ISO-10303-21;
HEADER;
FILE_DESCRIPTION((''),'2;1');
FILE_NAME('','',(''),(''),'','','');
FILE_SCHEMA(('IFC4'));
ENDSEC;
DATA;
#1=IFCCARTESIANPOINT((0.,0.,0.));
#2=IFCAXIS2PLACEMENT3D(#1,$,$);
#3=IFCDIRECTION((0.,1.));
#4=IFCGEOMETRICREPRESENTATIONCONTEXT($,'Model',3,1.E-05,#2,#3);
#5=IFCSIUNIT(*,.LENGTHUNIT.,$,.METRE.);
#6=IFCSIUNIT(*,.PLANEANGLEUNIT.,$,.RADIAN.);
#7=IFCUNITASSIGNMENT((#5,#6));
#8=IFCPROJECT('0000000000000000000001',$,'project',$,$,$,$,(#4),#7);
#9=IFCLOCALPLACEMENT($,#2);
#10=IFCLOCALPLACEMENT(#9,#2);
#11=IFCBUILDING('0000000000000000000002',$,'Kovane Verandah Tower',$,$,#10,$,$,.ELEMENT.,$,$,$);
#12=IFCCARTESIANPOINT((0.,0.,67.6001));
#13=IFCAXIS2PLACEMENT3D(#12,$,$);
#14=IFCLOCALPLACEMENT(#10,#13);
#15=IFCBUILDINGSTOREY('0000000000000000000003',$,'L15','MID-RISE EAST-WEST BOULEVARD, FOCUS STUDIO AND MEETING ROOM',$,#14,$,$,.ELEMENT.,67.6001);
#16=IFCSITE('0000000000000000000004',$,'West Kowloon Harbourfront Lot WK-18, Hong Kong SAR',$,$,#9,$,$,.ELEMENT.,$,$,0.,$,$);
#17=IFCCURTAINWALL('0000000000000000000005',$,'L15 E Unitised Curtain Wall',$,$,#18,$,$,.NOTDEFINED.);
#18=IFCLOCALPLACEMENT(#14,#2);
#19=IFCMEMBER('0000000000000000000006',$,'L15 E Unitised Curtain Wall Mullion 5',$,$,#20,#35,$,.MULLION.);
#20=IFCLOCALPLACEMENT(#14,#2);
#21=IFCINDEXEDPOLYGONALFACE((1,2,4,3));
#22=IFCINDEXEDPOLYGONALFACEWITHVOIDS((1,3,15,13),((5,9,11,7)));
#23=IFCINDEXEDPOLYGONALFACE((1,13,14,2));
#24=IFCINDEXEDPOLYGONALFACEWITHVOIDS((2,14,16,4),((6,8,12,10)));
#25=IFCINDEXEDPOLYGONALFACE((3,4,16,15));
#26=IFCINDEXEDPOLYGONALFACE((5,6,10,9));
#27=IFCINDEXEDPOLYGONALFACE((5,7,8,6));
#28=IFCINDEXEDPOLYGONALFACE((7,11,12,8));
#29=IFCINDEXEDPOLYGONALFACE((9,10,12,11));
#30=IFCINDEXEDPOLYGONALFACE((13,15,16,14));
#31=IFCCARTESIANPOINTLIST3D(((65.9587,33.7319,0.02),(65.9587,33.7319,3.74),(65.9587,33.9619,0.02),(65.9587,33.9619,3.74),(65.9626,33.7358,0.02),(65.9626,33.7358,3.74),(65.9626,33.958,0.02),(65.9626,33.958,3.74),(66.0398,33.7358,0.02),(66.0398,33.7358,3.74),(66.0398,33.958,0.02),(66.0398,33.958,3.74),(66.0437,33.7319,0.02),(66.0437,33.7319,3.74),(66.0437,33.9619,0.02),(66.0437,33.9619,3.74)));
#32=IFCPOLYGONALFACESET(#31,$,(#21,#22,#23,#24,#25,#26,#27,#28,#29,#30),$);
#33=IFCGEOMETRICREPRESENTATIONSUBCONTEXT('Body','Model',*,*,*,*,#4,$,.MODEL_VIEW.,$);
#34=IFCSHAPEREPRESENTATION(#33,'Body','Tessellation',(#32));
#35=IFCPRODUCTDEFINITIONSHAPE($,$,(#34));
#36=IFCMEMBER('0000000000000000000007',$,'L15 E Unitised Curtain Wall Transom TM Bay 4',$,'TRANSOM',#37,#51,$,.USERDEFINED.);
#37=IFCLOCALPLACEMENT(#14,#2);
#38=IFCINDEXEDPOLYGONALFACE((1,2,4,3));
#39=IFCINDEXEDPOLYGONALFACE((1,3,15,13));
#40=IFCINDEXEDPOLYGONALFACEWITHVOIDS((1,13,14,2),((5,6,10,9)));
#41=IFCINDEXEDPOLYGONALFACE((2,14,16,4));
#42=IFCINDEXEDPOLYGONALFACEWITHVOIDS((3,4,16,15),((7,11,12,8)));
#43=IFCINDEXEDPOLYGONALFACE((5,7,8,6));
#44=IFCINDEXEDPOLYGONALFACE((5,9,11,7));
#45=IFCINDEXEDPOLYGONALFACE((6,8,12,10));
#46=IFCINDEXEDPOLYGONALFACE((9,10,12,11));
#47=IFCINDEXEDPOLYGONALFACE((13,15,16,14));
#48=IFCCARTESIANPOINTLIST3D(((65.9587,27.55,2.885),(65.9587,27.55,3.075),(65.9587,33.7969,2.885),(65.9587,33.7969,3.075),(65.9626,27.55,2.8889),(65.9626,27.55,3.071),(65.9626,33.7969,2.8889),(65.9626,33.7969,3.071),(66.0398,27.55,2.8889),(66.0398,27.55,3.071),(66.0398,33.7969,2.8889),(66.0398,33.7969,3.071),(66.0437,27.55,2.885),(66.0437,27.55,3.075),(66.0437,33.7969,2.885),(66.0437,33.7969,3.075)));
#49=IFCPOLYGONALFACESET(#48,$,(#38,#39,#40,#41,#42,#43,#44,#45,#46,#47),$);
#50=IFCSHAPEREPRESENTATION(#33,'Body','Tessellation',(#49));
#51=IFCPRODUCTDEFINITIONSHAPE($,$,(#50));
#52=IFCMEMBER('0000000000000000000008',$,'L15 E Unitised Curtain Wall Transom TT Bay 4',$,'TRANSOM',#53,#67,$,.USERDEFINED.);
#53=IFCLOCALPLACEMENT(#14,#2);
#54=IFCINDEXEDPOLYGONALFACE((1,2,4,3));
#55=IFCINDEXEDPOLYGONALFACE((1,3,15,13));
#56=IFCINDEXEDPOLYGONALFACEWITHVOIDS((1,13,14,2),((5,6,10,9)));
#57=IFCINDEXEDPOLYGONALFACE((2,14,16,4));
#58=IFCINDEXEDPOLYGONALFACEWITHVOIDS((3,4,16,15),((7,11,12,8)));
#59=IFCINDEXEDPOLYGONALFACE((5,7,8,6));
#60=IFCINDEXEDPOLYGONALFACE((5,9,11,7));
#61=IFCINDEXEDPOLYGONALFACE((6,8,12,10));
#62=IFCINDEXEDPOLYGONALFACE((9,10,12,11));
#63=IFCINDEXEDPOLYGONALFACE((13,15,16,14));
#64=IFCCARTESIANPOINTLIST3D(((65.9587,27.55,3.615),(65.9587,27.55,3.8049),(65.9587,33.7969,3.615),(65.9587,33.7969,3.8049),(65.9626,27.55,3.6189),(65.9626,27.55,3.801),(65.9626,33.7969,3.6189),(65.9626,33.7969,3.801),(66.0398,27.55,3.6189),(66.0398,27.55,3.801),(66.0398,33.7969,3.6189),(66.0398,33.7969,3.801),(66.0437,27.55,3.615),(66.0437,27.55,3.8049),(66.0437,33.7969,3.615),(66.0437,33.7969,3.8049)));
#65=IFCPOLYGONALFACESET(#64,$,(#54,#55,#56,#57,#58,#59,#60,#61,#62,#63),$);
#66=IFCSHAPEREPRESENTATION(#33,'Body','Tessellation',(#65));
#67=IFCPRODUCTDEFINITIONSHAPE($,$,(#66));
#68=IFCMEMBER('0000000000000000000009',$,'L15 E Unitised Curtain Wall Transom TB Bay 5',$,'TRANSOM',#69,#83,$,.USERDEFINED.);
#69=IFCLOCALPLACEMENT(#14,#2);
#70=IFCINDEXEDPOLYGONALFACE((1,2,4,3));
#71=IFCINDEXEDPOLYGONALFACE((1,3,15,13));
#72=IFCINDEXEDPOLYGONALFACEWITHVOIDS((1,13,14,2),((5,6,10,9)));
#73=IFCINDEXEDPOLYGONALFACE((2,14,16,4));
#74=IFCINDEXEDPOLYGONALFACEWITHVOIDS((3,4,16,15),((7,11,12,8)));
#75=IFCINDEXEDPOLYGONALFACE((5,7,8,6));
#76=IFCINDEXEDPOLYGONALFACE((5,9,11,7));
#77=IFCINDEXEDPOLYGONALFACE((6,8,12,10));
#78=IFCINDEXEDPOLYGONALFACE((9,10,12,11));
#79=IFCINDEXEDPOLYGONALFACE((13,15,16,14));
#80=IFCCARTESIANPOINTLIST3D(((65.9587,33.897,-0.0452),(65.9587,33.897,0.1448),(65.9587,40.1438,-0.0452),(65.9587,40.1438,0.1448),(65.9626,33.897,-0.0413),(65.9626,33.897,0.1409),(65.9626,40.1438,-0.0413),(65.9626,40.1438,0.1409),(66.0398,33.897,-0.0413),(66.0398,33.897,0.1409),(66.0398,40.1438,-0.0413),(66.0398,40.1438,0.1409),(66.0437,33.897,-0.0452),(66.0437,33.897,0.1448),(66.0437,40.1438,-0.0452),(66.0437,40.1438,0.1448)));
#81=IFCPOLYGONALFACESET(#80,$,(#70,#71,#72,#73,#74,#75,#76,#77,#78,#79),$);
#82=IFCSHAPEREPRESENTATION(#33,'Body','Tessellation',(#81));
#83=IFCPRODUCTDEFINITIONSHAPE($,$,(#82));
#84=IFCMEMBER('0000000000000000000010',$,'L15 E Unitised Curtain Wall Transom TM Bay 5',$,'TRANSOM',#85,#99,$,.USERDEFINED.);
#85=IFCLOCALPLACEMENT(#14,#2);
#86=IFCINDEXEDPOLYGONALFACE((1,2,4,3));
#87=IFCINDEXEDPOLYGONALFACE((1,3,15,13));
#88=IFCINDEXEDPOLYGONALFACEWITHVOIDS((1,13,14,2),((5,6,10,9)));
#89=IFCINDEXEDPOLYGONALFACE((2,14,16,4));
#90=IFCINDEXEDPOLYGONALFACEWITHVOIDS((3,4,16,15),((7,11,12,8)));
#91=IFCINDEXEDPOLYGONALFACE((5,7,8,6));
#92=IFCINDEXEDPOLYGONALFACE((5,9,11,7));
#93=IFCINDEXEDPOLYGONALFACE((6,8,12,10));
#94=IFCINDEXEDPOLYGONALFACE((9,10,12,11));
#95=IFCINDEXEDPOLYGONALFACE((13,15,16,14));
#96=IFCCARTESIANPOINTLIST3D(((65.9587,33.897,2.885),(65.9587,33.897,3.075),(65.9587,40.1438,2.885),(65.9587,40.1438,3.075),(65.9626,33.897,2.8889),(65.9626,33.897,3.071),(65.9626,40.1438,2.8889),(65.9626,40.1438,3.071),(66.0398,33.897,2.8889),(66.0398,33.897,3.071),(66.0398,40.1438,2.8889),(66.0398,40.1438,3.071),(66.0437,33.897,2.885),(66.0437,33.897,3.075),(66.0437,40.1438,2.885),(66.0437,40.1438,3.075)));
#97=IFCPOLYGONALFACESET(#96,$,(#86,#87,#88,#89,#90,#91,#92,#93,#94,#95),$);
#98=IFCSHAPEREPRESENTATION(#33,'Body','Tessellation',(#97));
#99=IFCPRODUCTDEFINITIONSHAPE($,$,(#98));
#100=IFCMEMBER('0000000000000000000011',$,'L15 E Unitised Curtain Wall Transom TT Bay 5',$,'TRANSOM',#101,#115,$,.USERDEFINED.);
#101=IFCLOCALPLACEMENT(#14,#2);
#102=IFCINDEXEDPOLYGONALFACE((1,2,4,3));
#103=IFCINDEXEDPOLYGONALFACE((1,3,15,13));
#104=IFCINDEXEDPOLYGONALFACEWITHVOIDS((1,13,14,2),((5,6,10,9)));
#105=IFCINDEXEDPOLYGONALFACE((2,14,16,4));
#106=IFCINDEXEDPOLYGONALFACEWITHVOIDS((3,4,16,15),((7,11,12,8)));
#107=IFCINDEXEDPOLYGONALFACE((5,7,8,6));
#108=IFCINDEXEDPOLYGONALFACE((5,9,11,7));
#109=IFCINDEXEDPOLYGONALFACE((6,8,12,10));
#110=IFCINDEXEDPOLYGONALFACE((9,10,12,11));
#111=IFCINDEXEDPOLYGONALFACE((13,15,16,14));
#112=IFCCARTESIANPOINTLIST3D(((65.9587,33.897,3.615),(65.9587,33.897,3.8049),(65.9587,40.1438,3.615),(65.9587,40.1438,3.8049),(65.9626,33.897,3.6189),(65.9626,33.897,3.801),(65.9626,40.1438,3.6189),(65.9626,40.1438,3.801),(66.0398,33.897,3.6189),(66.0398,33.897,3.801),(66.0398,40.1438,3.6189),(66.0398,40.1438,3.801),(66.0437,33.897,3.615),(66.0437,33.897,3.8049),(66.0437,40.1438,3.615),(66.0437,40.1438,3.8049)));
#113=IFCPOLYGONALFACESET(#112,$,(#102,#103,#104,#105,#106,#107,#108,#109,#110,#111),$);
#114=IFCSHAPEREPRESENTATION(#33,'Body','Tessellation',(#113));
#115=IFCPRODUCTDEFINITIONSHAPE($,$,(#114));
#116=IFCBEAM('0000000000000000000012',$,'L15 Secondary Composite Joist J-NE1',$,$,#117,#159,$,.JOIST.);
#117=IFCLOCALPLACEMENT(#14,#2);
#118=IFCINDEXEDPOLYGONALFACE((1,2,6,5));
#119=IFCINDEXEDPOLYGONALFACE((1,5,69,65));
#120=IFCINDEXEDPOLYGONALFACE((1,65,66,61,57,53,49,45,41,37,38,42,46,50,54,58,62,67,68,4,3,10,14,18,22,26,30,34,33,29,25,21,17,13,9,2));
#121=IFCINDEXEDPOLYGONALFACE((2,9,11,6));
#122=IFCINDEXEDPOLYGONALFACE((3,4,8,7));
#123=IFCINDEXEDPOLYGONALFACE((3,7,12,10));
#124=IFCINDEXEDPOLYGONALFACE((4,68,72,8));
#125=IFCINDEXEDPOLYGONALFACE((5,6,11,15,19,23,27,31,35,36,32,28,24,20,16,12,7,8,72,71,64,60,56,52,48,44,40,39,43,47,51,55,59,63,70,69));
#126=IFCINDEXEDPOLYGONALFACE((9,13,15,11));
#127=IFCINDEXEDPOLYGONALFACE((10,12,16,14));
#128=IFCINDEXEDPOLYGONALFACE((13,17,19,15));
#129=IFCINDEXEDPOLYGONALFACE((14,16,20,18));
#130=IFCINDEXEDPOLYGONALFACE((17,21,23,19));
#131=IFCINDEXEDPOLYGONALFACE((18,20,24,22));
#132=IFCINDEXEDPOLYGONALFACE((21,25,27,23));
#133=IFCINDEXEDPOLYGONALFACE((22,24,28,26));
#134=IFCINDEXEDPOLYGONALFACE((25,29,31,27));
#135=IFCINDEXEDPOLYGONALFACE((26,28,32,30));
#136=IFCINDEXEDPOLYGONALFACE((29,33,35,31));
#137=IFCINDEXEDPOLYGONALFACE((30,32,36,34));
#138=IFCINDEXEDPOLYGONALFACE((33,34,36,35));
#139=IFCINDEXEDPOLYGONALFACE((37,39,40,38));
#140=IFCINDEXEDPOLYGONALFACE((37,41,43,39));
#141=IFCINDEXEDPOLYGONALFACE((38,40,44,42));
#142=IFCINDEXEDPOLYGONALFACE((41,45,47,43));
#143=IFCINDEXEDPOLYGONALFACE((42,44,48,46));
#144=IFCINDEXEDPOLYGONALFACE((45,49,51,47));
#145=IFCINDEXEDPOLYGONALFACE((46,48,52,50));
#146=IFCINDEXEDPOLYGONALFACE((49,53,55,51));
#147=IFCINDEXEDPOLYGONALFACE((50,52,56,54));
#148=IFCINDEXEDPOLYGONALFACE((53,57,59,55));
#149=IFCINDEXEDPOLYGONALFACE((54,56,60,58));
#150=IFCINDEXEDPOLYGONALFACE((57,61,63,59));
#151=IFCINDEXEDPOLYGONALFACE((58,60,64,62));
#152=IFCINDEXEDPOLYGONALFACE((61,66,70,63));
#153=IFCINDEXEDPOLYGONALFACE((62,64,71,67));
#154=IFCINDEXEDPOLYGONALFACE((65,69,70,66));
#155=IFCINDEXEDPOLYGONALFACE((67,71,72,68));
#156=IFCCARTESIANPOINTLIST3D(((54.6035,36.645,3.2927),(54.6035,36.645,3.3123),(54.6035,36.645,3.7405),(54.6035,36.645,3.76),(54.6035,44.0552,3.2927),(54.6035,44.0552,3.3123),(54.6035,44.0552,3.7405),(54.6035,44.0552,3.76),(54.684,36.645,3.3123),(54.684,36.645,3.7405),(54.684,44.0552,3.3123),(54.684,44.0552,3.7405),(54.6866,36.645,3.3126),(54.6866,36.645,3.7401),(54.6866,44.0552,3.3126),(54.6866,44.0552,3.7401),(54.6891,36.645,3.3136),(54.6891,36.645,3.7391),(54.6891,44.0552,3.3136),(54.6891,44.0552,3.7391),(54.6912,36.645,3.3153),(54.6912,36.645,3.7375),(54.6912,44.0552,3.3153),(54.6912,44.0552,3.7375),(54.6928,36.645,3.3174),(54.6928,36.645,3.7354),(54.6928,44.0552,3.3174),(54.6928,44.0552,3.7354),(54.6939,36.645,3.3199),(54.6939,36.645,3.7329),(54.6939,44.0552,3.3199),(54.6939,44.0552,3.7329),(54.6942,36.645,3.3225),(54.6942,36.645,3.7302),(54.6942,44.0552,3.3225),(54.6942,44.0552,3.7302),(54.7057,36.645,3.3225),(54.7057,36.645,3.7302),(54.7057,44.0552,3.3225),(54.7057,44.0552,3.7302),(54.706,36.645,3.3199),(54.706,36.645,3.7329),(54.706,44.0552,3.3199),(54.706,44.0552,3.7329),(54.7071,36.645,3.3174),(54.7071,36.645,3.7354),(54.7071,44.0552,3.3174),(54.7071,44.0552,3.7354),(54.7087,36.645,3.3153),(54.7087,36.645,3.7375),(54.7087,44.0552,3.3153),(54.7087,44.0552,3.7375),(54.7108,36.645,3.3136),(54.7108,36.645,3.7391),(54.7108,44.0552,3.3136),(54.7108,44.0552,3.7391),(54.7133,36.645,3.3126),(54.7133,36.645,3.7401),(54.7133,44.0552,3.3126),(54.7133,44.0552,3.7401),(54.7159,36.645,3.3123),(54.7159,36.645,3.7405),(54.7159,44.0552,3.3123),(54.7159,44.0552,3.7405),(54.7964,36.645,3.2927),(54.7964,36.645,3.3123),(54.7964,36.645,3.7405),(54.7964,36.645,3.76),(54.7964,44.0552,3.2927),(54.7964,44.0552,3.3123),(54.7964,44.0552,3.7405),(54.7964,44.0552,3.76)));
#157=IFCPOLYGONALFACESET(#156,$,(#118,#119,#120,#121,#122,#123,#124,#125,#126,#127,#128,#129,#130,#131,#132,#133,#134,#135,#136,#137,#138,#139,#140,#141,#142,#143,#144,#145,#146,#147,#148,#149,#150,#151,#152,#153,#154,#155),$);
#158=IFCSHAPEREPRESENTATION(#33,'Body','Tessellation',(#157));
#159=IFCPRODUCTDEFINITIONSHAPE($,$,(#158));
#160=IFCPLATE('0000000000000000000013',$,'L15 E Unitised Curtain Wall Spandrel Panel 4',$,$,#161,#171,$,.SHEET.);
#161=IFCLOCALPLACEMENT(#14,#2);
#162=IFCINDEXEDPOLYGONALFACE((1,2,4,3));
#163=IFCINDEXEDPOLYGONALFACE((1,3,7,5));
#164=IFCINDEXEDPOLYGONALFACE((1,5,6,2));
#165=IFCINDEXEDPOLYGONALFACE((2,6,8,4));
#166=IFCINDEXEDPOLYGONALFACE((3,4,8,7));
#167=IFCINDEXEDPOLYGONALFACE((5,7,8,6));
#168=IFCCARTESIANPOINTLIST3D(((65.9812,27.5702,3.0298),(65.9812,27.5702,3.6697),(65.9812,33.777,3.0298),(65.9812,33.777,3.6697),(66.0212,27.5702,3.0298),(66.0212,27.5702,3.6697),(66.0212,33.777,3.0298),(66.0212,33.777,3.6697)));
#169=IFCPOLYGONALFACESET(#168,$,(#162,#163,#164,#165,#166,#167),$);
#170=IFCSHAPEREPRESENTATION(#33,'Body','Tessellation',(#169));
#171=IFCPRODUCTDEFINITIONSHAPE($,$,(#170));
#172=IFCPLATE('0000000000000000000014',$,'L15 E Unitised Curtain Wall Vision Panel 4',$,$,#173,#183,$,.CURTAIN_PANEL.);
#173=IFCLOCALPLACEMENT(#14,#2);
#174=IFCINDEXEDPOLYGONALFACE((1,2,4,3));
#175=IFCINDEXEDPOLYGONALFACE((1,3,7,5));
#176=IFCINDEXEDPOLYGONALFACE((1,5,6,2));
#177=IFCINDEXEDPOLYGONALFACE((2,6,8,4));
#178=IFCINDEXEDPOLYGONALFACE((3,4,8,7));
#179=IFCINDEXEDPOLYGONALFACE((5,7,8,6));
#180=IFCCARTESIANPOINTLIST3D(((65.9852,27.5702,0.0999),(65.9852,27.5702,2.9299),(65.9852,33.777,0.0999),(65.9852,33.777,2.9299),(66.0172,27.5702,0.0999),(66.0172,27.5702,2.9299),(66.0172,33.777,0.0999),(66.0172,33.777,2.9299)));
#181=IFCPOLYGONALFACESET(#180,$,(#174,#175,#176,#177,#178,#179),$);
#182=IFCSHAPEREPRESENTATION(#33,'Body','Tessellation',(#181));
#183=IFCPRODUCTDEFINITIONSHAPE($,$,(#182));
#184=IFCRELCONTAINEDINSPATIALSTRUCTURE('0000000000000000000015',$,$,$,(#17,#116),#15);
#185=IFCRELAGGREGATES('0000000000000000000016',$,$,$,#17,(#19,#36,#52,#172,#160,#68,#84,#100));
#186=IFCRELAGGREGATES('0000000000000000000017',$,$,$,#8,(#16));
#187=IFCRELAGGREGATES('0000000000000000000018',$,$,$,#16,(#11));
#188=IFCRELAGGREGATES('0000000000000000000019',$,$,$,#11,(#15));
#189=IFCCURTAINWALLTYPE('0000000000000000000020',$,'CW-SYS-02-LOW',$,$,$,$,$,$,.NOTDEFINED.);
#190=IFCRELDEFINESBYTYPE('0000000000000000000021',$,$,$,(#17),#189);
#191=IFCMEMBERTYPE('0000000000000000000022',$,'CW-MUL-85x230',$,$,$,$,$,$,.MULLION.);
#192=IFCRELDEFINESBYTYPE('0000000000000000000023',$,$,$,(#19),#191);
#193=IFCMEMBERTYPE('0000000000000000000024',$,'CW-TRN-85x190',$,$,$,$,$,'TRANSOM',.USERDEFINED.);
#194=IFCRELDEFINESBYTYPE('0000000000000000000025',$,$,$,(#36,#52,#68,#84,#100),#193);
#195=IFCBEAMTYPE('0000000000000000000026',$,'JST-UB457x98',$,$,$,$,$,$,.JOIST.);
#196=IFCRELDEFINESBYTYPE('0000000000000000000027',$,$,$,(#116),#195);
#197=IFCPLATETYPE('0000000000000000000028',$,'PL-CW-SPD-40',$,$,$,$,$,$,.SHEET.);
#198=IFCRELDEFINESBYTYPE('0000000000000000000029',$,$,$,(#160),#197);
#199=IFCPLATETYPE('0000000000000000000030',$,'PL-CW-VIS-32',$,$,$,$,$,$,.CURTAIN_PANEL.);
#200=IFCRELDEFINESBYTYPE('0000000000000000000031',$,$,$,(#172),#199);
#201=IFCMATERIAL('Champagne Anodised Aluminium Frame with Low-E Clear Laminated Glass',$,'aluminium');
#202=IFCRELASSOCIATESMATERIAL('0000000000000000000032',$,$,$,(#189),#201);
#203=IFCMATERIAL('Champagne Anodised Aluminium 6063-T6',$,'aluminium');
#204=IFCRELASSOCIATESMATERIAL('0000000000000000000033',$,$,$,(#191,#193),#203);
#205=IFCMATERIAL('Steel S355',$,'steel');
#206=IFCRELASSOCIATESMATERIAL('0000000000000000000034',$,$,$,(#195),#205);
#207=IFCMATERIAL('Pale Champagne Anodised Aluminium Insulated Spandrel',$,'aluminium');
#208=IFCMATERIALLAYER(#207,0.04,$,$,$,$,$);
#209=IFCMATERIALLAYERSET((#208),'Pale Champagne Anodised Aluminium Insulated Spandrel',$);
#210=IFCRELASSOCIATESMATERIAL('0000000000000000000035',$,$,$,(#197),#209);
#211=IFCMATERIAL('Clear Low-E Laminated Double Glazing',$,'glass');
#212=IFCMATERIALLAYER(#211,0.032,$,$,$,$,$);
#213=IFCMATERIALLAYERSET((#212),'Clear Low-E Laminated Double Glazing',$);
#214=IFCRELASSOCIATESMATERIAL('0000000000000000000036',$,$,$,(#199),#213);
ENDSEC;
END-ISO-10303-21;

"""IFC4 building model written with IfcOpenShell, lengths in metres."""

from ifc_helpers import new_model, si_unit, direction, frame, origin, origin_2d, place, context, subcontext, project, spatial, rectangle, hollow_rectangle, i_section, extrude, material, layer, layer_set, material_profile, profile_set, type_object, element, aggregate, save


model = new_model("IFC4")

# Units and contexts
model_context = context("Model", 3, precision=1e-05, world=origin(), true_north=direction((0.0, 1.0)))
body_context = subcontext(model_context, "Body", "Model", "MODEL_VIEW")
ifc_project = project(units=[si_unit("LENGTHUNIT", "METRE"), si_unit("PLANEANGLEUNIT", "RADIAN")], contexts=[model_context])

# Site, building, storey
site_placement = place(None, origin())
site = spatial("IfcSite", under=ifc_project, at=site_placement, Name="West Kowloon Harbourfront Lot WK-18, Hong Kong SAR", CompositionType="ELEMENT", RefElevation=0.0)
building_placement = place(site_placement, origin())
building = spatial("IfcBuilding", under=site, at=building_placement, Name="Kovane Verandah Tower", CompositionType="ELEMENT")
storey_placement = place(building_placement, frame((0.0, 0.0, 67.6001)))
storey = spatial("IfcBuildingStorey", under=building, at=storey_placement, Name="L15", Description="MID-RISE EAST-WEST BOULEVARD, FOCUS STUDIO AND MEETING ROOM", CompositionType="ELEMENT", Elevation=67.6001)

# Shared definitions
ifc_material_1 = material(Name="Steel S355", Category="steel")

# Curtain wall, members
ifc_material_2 = material(Name="Champagne Anodised Aluminium Frame with Low-E Clear Laminated Glass", Category="aluminium")
curtain_wall_type = type_object("IfcCurtainWallType", Name="CW-SYS-02-LOW", PredefinedType="NOTDEFINED", material=ifc_material_2)
curtain_wall_placement = place(storey_placement, origin())
curtain_wall = element("IfcCurtainWall", 1, at=curtain_wall_placement, inside=storey, type_object=curtain_wall_type, Name="L15 E Unitised Curtain Wall", PredefinedType="NOTDEFINED")
ifc_material_3 = material(Name="Champagne Anodised Aluminium 6063-T6", Category="aluminium")
ifc_material_profile_1 = material_profile(ifc_material_3, hollow_rectangle(XDim=0.085, YDim=0.23, WallThickness=0.0039, at=origin_2d()), Name="AL85x230x4")
ifc_profile_set_1 = profile_set([ifc_material_profile_1], Name="Champagne Anodised Aluminium 6063-T6")
member_type_1 = type_object("IfcMemberType", Name="CW-MUL-85x230", PredefinedType="MULLION", material=ifc_profile_set_1)
member_1_placement = place(storey_placement, frame((66.0012, 33.8469, 0.02), z_axis=(0.0, 0.0, 1.0), x_axis=(1.0, 0.0, 0.0)))
member_1 = element("IfcMember", 2, at=member_1_placement, type_object=member_type_1, Name="L15 E Unitised Curtain Wall Mullion 5", PredefinedType="MULLION", context=body_context, shape_type="SweptSolid", body=[
    extrude(hollow_rectangle(XDim=0.085, YDim=0.23, WallThickness=0.0039, at=origin_2d()), origin(), (0.0, 0.0, 1.0), 3.72),
])
ifc_material_profile_2 = material_profile(ifc_material_3, hollow_rectangle(XDim=0.085, YDim=0.1899, WallThickness=0.0039, at=origin_2d()), Name="AL85x190x4")
ifc_profile_set_2 = profile_set([ifc_material_profile_2], Name="Champagne Anodised Aluminium 6063-T6")
member_type_2 = type_object("IfcMemberType", Name="CW-TRN-85x190", ElementType="TRANSOM", PredefinedType="USERDEFINED", material=ifc_profile_set_2)
member_2_placement = place(storey_placement, frame((66.0012, 27.55, 2.98), z_axis=(0.0, 1.0, 0.0), x_axis=(-1.0, 0.0, 0.0)))
member_2 = element("IfcMember", 3, at=member_2_placement, type_object=member_type_2, Name="L15 E Unitised Curtain Wall Transom TM Bay 4", ObjectType="TRANSOM", PredefinedType="USERDEFINED", context=body_context, shape_type="SweptSolid", body=[
    extrude(hollow_rectangle(XDim=0.085, YDim=0.1899, WallThickness=0.0039, at=origin_2d()), origin(), (0.0, 0.0, 1.0), 6.2468),
])
member_3_placement = place(storey_placement, frame((66.0012, 27.55, 3.71), z_axis=(0.0, 1.0, 0.0), x_axis=(-1.0, 0.0, 0.0)))
member_3 = element("IfcMember", 4, at=member_3_placement, type_object=member_type_2, Name="L15 E Unitised Curtain Wall Transom TT Bay 4", ObjectType="TRANSOM", PredefinedType="USERDEFINED", context=body_context, shape_type="SweptSolid", body=[
    extrude(hollow_rectangle(XDim=0.085, YDim=0.1899, WallThickness=0.0039, at=origin_2d()), origin(), (0.0, 0.0, 1.0), 6.2468),
])
member_4_placement = place(storey_placement, frame((66.0012, 33.897, 0.0498), z_axis=(0.0, 1.0, 0.0), x_axis=(-1.0, 0.0, 0.0)))
member_4 = element("IfcMember", 5, at=member_4_placement, type_object=member_type_2, Name="L15 E Unitised Curtain Wall Transom TB Bay 5", ObjectType="TRANSOM", PredefinedType="USERDEFINED", context=body_context, shape_type="SweptSolid", body=[
    extrude(hollow_rectangle(XDim=0.085, YDim=0.1899, WallThickness=0.0039, at=origin_2d()), origin(), (0.0, 0.0, 1.0), 6.2468),
])
member_5_placement = place(storey_placement, frame((66.0012, 33.897, 2.98), z_axis=(0.0, 1.0, 0.0), x_axis=(-1.0, 0.0, 0.0)))
member_5 = element("IfcMember", 6, at=member_5_placement, type_object=member_type_2, Name="L15 E Unitised Curtain Wall Transom TM Bay 5", ObjectType="TRANSOM", PredefinedType="USERDEFINED", context=body_context, shape_type="SweptSolid", body=[
    extrude(hollow_rectangle(XDim=0.085, YDim=0.1899, WallThickness=0.0039, at=origin_2d()), origin(), (0.0, 0.0, 1.0), 6.2468),
])
member_6_placement = place(storey_placement, frame((66.0012, 33.897, 3.71), z_axis=(0.0, 1.0, 0.0), x_axis=(-1.0, 0.0, 0.0)))
member_6 = element("IfcMember", 7, at=member_6_placement, type_object=member_type_2, Name="L15 E Unitised Curtain Wall Transom TT Bay 5", ObjectType="TRANSOM", PredefinedType="USERDEFINED", context=body_context, shape_type="SweptSolid", body=[
    extrude(hollow_rectangle(XDim=0.085, YDim=0.1899, WallThickness=0.0039, at=origin_2d()), origin(), (0.0, 0.0, 1.0), 6.2468),
])

# Beam
ifc_material_profile_3 = material_profile(ifc_material_1, i_section(OverallWidth=0.1929, OverallDepth=0.4673, WebThickness=0.0115, FlangeThickness=0.0195, FilletRadius=0.0103, at=origin_2d()), Name="UB457x191x98")
ifc_profile_set_3 = profile_set([ifc_material_profile_3], Name="Steel S355")
beam_type_1 = type_object("IfcBeamType", Name="JST-UB457x98", PredefinedType="JOIST", material=ifc_profile_set_3)
beam_1_placement = place(storey_placement, frame((54.7, 36.645, 3.5264), z_axis=(0.0, 1.0, 0.0), x_axis=(-1.0, 0.0, 0.0)))
element("IfcBeam", 8, at=beam_1_placement, inside=storey, type_object=beam_type_1, Name="L15 Secondary Composite Joist J-NE1", PredefinedType="JOIST", context=body_context, shape_type="SweptSolid", body=[
    extrude(i_section(OverallWidth=0.1929, OverallDepth=0.4673, WebThickness=0.0115, FlangeThickness=0.0195, FilletRadius=0.0103, at=origin_2d()), origin(), (0.0, 0.0, 1.0), 7.4102),
])

# Plates
ifc_material_4 = material(Name="Pale Champagne Anodised Aluminium Insulated Spandrel", Category="aluminium")
ifc_layer_1 = layer(ifc_material_4, 0.04)
ifc_layer_set_1 = layer_set([ifc_layer_1], Name="Pale Champagne Anodised Aluminium Insulated Spandrel")
plate_type_1 = type_object("IfcPlateType", Name="PL-CW-SPD-40", PredefinedType="SHEET", material=ifc_layer_set_1)
plate_1_placement = place(storey_placement, frame((66.0012, 30.6736, 3.0298), z_axis=(0.0, 0.0, 1.0), x_axis=(0.0, 1.0, 0.0)))
plate_1 = element("IfcPlate", 9, at=plate_1_placement, type_object=plate_type_1, Name="L15 E Unitised Curtain Wall Spandrel Panel 4", PredefinedType="SHEET", context=body_context, shape_type="SweptSolid", body=[
    extrude(rectangle(XDim=6.2068, YDim=0.04, at=origin_2d()), origin(), (0.0, 0.0, 1.0), 0.6399),
])
ifc_material_5 = material(Name="Clear Low-E Laminated Double Glazing", Category="glass")
ifc_layer_2 = layer(ifc_material_5, 0.032)
ifc_layer_set_2 = layer_set([ifc_layer_2], Name="Clear Low-E Laminated Double Glazing")
plate_type_2 = type_object("IfcPlateType", Name="PL-CW-VIS-32", PredefinedType="CURTAIN_PANEL", material=ifc_layer_set_2)
plate_2_placement = place(storey_placement, frame((66.0012, 30.6736, 0.0999), z_axis=(0.0, 0.0, 1.0), x_axis=(0.0, 1.0, 0.0)))
plate_2 = element("IfcPlate", 10, at=plate_2_placement, type_object=plate_type_2, Name="L15 E Unitised Curtain Wall Vision Panel 4", PredefinedType="CURTAIN_PANEL", context=body_context, shape_type="SweptSolid", body=[
    extrude(rectangle(XDim=6.2068, YDim=0.032, at=origin_2d()), origin(), (0.0, 0.0, 1.0), 2.8301),
])
aggregate(curtain_wall, [member_1, member_2, member_3, plate_2, plate_1, member_4, member_5, member_6])

save(model, "model.ifc")
